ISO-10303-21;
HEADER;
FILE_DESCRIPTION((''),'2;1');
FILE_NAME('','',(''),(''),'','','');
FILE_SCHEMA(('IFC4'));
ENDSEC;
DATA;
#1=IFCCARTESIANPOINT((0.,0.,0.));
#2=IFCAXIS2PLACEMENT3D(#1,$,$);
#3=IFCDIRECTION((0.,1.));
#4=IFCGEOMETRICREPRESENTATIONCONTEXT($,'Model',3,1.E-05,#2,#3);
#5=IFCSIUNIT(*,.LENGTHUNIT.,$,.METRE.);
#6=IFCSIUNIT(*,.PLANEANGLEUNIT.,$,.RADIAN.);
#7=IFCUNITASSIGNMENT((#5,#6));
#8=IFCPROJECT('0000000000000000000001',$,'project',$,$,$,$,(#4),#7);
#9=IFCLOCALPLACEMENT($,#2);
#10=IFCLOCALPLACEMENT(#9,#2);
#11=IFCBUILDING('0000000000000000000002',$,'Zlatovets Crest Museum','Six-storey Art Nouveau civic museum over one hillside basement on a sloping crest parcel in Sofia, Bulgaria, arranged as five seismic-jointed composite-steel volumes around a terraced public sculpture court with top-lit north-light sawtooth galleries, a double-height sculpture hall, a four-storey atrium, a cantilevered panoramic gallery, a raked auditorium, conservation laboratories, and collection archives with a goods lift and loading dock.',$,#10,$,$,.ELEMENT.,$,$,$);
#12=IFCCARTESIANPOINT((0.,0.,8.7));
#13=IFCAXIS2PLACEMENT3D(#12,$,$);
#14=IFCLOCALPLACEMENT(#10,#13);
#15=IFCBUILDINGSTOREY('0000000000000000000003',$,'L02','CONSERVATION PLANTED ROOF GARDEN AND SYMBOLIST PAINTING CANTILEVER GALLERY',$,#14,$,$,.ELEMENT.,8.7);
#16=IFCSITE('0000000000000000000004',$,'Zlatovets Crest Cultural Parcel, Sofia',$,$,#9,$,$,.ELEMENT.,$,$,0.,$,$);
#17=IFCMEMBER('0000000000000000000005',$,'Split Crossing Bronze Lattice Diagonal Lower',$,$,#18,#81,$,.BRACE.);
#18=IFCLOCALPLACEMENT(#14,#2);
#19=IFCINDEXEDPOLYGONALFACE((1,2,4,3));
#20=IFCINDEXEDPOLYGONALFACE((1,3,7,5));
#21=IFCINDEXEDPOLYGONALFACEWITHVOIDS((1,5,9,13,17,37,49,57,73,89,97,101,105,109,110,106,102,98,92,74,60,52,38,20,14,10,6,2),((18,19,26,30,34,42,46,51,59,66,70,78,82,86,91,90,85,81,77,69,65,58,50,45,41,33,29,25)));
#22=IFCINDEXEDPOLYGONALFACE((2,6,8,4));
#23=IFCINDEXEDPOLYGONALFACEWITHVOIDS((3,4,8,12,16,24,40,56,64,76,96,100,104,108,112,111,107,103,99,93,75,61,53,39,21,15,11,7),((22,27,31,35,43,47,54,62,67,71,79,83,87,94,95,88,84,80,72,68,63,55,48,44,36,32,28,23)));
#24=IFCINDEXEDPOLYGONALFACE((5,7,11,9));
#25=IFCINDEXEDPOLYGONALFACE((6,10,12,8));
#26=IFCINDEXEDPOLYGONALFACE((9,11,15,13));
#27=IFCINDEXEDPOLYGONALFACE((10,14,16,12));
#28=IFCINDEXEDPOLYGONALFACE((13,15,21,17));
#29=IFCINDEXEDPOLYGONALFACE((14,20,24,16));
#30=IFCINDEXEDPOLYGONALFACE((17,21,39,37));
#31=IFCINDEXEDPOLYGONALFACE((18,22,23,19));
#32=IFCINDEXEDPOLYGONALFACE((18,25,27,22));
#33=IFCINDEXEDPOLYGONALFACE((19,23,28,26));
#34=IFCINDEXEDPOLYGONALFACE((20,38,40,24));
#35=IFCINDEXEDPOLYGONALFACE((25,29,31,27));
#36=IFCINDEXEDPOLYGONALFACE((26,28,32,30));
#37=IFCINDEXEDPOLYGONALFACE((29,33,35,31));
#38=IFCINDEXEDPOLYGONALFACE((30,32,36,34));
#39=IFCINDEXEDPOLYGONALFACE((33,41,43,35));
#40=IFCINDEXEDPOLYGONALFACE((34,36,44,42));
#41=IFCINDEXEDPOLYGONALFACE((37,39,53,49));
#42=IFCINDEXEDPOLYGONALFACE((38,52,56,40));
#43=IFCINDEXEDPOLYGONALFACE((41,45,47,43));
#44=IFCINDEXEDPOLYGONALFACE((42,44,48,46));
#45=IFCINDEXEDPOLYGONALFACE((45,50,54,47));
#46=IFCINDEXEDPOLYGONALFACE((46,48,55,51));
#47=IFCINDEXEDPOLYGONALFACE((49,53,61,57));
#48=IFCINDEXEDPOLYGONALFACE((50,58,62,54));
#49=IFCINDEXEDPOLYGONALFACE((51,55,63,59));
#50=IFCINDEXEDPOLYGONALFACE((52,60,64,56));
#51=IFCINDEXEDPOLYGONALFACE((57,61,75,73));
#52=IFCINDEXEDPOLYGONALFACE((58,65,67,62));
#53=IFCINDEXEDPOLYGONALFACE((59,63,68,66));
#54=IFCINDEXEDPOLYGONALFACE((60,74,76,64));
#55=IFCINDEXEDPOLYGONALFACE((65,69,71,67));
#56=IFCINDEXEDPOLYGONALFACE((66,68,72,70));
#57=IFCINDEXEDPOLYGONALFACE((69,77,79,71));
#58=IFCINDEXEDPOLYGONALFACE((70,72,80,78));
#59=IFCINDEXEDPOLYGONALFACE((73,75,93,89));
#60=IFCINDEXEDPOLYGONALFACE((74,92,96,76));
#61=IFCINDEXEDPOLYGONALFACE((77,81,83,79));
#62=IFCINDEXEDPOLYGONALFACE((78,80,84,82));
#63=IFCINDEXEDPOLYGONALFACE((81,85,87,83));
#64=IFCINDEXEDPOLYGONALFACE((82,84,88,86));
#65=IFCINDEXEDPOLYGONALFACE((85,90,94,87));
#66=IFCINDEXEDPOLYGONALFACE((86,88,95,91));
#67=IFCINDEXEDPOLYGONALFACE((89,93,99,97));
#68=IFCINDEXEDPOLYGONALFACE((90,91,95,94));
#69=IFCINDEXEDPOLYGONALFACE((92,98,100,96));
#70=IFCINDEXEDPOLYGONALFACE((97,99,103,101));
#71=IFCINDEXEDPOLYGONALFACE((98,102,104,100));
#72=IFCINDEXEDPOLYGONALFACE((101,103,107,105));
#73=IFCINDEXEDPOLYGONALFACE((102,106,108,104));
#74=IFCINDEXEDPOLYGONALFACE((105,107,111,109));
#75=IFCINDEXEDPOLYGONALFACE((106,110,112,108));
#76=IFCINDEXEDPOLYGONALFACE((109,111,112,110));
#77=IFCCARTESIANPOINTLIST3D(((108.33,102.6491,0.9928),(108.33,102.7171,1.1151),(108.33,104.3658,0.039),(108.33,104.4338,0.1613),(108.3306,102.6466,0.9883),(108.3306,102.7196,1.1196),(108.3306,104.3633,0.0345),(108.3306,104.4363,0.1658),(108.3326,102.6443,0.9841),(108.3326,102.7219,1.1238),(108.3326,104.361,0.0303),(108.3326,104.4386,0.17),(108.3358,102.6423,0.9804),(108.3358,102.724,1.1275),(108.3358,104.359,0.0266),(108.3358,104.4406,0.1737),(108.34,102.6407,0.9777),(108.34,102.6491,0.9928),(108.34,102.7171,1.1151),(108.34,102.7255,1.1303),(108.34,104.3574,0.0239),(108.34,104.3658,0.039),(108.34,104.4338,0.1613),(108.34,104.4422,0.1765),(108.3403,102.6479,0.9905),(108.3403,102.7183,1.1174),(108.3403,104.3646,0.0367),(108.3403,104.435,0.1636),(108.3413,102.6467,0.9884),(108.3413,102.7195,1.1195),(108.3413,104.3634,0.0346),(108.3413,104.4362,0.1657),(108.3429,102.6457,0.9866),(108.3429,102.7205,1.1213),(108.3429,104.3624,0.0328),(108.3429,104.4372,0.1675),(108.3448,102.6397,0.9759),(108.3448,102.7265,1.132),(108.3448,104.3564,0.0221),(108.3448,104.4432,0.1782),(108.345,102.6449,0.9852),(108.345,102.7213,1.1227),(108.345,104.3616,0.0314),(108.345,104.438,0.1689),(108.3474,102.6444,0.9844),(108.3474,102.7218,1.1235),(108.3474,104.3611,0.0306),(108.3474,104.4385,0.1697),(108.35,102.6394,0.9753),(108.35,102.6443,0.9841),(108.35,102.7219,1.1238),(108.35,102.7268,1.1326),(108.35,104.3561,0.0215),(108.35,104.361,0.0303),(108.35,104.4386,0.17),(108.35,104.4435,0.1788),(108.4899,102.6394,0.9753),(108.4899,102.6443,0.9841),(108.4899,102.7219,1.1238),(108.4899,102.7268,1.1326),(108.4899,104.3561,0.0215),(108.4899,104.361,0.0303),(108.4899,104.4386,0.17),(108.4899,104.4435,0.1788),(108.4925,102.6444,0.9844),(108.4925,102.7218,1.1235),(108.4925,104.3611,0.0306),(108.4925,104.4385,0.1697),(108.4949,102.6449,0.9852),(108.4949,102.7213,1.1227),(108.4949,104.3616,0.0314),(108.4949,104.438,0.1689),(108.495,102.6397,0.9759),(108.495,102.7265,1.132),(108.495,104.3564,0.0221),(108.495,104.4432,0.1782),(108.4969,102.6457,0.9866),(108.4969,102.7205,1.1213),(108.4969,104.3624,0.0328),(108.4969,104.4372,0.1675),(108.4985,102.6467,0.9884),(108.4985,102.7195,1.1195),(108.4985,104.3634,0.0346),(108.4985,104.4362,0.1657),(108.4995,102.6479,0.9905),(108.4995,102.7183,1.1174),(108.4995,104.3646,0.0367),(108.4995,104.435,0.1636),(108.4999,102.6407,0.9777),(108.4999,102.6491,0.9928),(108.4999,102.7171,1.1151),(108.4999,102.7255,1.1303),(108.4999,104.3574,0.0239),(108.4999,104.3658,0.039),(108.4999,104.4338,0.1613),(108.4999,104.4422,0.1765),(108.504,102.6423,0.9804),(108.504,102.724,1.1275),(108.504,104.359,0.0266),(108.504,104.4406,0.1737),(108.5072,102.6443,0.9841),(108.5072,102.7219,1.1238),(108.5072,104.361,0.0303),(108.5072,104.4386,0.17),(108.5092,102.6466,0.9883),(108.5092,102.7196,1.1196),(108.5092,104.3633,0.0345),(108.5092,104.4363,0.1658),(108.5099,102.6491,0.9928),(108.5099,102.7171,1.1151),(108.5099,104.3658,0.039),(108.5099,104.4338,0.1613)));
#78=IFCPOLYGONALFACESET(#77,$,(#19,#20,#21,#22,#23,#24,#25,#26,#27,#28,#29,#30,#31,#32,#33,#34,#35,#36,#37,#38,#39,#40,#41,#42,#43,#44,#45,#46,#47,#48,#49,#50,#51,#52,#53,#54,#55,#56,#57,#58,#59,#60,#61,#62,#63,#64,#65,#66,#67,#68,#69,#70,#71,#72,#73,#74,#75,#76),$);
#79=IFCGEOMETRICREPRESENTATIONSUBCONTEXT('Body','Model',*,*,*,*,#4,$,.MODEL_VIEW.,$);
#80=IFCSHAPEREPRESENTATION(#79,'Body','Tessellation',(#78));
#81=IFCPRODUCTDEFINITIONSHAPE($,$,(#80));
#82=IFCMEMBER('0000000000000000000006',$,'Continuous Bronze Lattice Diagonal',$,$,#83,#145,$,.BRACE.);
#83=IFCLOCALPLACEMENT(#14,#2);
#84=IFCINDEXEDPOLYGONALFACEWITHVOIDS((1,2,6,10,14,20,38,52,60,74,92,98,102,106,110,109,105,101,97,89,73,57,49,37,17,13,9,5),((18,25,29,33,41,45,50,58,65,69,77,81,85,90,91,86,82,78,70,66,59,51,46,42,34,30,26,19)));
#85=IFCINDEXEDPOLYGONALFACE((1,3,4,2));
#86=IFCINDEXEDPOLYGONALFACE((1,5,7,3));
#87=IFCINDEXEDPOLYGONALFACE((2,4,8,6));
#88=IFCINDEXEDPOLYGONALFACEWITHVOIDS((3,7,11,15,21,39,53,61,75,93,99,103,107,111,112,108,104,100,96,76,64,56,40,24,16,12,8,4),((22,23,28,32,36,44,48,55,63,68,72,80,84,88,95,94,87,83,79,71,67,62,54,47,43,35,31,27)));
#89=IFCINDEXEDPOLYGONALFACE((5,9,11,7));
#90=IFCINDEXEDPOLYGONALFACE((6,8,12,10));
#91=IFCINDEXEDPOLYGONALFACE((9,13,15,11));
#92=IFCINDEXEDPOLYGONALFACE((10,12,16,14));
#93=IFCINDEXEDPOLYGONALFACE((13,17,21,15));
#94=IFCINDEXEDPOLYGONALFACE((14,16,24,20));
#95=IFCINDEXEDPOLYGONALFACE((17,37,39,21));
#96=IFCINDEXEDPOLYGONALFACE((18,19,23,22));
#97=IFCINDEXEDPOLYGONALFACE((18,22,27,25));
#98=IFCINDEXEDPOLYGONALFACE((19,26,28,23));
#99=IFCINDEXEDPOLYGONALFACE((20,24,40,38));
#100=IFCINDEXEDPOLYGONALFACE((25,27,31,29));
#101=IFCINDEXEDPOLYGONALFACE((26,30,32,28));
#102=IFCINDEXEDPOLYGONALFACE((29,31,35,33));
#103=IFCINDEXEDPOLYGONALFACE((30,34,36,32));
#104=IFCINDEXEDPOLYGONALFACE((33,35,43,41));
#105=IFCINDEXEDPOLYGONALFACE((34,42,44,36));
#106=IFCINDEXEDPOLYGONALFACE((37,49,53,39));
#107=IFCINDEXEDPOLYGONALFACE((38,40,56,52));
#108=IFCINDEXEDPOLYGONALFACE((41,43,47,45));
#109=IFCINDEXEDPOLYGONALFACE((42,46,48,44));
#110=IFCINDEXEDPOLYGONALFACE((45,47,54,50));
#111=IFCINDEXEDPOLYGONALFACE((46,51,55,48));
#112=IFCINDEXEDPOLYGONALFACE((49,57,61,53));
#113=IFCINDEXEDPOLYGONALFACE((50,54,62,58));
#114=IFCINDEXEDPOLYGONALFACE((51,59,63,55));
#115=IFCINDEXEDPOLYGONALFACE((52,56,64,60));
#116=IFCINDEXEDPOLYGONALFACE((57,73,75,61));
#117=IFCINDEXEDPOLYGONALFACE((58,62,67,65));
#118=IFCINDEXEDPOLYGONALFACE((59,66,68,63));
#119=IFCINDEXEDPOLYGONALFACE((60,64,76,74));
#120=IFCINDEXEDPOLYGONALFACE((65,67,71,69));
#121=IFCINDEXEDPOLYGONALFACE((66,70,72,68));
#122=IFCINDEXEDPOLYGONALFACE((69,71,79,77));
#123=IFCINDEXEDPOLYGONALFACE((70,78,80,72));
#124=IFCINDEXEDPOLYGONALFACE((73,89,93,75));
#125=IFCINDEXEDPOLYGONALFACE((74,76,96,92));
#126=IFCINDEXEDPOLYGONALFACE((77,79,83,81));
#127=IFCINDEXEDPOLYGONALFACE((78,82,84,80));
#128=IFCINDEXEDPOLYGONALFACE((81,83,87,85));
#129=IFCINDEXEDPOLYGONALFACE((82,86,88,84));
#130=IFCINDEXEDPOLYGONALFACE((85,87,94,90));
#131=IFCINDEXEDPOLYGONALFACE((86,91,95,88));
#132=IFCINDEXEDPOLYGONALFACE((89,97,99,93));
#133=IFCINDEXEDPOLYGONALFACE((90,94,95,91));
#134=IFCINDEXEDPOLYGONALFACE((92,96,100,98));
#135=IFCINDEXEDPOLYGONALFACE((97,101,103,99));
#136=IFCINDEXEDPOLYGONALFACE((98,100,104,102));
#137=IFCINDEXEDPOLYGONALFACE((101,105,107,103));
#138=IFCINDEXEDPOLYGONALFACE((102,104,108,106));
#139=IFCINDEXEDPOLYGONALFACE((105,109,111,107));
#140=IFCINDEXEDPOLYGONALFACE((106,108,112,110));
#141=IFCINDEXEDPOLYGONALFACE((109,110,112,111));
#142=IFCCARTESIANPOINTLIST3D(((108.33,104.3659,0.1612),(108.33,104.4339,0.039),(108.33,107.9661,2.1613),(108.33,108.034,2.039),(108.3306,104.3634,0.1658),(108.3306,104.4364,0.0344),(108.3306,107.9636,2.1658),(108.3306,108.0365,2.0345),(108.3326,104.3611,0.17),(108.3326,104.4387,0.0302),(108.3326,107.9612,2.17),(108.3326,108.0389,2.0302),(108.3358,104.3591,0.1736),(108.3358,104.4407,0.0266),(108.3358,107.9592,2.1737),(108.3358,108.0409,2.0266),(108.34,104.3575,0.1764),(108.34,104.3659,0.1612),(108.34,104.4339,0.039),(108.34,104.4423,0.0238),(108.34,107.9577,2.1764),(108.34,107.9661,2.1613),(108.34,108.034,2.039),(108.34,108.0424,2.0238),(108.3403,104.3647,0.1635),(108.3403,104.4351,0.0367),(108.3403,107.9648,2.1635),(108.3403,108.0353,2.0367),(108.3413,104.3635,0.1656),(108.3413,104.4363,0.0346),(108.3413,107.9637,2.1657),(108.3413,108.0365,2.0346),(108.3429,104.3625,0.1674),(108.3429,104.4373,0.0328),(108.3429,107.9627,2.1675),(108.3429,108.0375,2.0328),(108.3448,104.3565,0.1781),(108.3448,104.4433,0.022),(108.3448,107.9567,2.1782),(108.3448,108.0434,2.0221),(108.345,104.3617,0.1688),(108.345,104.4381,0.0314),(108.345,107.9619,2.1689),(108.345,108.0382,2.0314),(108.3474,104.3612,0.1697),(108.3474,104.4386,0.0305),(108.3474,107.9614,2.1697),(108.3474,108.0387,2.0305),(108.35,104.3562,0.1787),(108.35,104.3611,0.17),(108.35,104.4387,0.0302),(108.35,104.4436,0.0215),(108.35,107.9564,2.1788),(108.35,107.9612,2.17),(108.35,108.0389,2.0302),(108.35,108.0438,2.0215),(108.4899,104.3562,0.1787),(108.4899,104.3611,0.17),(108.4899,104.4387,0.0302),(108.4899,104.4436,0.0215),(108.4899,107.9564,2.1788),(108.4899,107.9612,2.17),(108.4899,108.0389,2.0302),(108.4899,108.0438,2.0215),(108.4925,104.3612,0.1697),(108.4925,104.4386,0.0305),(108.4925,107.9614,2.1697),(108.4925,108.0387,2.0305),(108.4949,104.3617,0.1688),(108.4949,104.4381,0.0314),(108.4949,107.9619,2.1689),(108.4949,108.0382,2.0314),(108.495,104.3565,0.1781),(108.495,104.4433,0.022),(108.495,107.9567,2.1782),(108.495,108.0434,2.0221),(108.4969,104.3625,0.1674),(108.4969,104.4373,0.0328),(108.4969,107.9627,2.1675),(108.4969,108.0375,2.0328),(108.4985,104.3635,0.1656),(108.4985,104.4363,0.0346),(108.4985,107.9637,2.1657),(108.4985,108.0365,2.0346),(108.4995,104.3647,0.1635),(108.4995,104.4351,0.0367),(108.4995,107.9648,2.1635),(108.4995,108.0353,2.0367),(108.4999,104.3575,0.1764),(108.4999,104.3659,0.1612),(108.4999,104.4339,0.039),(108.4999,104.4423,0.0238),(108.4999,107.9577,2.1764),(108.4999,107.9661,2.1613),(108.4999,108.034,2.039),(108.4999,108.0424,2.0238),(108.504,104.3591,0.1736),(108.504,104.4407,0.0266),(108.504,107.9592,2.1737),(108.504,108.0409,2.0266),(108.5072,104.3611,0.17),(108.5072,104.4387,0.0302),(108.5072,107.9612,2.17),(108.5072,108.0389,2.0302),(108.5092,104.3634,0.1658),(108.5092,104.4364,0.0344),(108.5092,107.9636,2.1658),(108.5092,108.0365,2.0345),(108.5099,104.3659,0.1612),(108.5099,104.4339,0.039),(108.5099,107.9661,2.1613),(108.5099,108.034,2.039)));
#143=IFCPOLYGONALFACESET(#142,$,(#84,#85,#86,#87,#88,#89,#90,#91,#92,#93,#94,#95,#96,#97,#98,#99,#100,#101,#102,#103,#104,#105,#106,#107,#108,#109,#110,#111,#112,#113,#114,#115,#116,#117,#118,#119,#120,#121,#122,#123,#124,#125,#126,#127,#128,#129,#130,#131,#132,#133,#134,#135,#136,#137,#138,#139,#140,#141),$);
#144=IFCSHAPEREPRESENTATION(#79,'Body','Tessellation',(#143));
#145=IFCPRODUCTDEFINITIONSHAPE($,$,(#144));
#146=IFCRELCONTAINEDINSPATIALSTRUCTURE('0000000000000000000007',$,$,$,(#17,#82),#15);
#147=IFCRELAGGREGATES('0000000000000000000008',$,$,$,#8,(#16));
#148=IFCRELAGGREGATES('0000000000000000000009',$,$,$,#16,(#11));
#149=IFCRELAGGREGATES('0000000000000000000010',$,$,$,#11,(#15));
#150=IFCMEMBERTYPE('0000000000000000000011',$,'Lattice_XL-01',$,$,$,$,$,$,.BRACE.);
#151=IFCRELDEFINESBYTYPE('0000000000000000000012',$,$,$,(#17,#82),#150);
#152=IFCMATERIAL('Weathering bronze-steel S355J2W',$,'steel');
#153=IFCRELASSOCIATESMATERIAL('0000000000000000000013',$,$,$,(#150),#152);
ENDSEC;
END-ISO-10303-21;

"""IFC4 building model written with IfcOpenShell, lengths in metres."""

from ifc_helpers import new_model, si_unit, direction, frame, origin, origin_2d, place, context, subcontext, project, spatial, hollow_rectangle, extrude, material, material_profile, profile_set, type_object, element, save


model = new_model("IFC4")

# Units and contexts
model_context = context("Model", 3, precision=1e-05, world=origin(), true_north=direction((0.0, 1.0)))
body_context = subcontext(model_context, "Body", "Model", "MODEL_VIEW")
ifc_project = project(units=[si_unit("LENGTHUNIT", "METRE"), si_unit("PLANEANGLEUNIT", "RADIAN")], contexts=[model_context])

# Site, building, storey
site_placement = place(None, origin())
site = spatial("IfcSite", under=ifc_project, at=site_placement, Name="Zlatovets Crest Cultural Parcel, Sofia", CompositionType="ELEMENT", RefElevation=0.0)
building_placement = place(site_placement, origin())
building = spatial("IfcBuilding", under=site, at=building_placement, Name="Zlatovets Crest Museum", Description="Six-storey Art Nouveau civic museum over one hillside basement on a sloping crest parcel in Sofia, Bulgaria, arranged as five seismic-jointed composite-steel volumes around a terraced public sculpture court with top-lit north-light sawtooth galleries, a double-height sculpture hall, a four-storey atrium, a cantilevered panoramic gallery, a raked auditorium, conservation laboratories, and collection archives with a goods lift and loading dock.", CompositionType="ELEMENT")
storey_placement = place(building_placement, frame((0.0, 0.0, 8.7)))
storey = spatial("IfcBuildingStorey", under=building, at=storey_placement, Name="L02", Description="CONSERVATION PLANTED ROOF GARDEN AND SYMBOLIST PAINTING CANTILEVER GALLERY", CompositionType="ELEMENT", Elevation=8.7)

# Members
ifc_material_1 = material(Name="Weathering bronze-steel S355J2W", Category="steel")
ifc_material_profile_1 = material_profile(ifc_material_1, hollow_rectangle(XDim=0.1799, YDim=0.1799, WallThickness=0.01, InnerFilletRadius=0.01, OuterFilletRadius=0.02, at=origin_2d()), Name="SHS 180x180x10.0")
ifc_profile_set_1 = profile_set([ifc_material_profile_1], Name="Weathering bronze-steel S355J2W")
member_type_1 = type_object("IfcMemberType", Name="Lattice_XL-01", PredefinedType="BRACE", material=ifc_profile_set_1)
member_1_placement = place(storey_placement, frame((108.4199, 102.6831, 1.054), z_axis=(0.0, 0.87414, -0.485675), x_axis=(-1.0, 0.0, 0.0)))
element("IfcMember", 1, at=member_1_placement, inside=storey, type_object=member_type_1, Name="Split Crossing Bronze Lattice Diagonal Lower", PredefinedType="BRACE", context=body_context, shape_type="SweptSolid", body=[
    extrude(hollow_rectangle(XDim=0.1799, YDim=0.1799, WallThickness=0.01, InnerFilletRadius=0.01, OuterFilletRadius=0.02, at=origin_2d()), origin(), (0.0, 0.0, 1.0), 1.9639),
])
member_2_placement = place(storey_placement, frame((108.4199, 104.3999, 0.1001), z_axis=(0.0, 0.874163, 0.485633), x_axis=(-1.0, 0.0, 0.0)))
element("IfcMember", 2, at=member_2_placement, inside=storey, type_object=member_type_1, Name="Continuous Bronze Lattice Diagonal", PredefinedType="BRACE", context=body_context, shape_type="SweptSolid", body=[
    extrude(hollow_rectangle(XDim=0.1799, YDim=0.1799, WallThickness=0.01, InnerFilletRadius=0.01, OuterFilletRadius=0.02, at=origin_2d()), origin(), (0.0, 0.0, 1.0), 4.1184),
])

save(model, "model.ifc")
